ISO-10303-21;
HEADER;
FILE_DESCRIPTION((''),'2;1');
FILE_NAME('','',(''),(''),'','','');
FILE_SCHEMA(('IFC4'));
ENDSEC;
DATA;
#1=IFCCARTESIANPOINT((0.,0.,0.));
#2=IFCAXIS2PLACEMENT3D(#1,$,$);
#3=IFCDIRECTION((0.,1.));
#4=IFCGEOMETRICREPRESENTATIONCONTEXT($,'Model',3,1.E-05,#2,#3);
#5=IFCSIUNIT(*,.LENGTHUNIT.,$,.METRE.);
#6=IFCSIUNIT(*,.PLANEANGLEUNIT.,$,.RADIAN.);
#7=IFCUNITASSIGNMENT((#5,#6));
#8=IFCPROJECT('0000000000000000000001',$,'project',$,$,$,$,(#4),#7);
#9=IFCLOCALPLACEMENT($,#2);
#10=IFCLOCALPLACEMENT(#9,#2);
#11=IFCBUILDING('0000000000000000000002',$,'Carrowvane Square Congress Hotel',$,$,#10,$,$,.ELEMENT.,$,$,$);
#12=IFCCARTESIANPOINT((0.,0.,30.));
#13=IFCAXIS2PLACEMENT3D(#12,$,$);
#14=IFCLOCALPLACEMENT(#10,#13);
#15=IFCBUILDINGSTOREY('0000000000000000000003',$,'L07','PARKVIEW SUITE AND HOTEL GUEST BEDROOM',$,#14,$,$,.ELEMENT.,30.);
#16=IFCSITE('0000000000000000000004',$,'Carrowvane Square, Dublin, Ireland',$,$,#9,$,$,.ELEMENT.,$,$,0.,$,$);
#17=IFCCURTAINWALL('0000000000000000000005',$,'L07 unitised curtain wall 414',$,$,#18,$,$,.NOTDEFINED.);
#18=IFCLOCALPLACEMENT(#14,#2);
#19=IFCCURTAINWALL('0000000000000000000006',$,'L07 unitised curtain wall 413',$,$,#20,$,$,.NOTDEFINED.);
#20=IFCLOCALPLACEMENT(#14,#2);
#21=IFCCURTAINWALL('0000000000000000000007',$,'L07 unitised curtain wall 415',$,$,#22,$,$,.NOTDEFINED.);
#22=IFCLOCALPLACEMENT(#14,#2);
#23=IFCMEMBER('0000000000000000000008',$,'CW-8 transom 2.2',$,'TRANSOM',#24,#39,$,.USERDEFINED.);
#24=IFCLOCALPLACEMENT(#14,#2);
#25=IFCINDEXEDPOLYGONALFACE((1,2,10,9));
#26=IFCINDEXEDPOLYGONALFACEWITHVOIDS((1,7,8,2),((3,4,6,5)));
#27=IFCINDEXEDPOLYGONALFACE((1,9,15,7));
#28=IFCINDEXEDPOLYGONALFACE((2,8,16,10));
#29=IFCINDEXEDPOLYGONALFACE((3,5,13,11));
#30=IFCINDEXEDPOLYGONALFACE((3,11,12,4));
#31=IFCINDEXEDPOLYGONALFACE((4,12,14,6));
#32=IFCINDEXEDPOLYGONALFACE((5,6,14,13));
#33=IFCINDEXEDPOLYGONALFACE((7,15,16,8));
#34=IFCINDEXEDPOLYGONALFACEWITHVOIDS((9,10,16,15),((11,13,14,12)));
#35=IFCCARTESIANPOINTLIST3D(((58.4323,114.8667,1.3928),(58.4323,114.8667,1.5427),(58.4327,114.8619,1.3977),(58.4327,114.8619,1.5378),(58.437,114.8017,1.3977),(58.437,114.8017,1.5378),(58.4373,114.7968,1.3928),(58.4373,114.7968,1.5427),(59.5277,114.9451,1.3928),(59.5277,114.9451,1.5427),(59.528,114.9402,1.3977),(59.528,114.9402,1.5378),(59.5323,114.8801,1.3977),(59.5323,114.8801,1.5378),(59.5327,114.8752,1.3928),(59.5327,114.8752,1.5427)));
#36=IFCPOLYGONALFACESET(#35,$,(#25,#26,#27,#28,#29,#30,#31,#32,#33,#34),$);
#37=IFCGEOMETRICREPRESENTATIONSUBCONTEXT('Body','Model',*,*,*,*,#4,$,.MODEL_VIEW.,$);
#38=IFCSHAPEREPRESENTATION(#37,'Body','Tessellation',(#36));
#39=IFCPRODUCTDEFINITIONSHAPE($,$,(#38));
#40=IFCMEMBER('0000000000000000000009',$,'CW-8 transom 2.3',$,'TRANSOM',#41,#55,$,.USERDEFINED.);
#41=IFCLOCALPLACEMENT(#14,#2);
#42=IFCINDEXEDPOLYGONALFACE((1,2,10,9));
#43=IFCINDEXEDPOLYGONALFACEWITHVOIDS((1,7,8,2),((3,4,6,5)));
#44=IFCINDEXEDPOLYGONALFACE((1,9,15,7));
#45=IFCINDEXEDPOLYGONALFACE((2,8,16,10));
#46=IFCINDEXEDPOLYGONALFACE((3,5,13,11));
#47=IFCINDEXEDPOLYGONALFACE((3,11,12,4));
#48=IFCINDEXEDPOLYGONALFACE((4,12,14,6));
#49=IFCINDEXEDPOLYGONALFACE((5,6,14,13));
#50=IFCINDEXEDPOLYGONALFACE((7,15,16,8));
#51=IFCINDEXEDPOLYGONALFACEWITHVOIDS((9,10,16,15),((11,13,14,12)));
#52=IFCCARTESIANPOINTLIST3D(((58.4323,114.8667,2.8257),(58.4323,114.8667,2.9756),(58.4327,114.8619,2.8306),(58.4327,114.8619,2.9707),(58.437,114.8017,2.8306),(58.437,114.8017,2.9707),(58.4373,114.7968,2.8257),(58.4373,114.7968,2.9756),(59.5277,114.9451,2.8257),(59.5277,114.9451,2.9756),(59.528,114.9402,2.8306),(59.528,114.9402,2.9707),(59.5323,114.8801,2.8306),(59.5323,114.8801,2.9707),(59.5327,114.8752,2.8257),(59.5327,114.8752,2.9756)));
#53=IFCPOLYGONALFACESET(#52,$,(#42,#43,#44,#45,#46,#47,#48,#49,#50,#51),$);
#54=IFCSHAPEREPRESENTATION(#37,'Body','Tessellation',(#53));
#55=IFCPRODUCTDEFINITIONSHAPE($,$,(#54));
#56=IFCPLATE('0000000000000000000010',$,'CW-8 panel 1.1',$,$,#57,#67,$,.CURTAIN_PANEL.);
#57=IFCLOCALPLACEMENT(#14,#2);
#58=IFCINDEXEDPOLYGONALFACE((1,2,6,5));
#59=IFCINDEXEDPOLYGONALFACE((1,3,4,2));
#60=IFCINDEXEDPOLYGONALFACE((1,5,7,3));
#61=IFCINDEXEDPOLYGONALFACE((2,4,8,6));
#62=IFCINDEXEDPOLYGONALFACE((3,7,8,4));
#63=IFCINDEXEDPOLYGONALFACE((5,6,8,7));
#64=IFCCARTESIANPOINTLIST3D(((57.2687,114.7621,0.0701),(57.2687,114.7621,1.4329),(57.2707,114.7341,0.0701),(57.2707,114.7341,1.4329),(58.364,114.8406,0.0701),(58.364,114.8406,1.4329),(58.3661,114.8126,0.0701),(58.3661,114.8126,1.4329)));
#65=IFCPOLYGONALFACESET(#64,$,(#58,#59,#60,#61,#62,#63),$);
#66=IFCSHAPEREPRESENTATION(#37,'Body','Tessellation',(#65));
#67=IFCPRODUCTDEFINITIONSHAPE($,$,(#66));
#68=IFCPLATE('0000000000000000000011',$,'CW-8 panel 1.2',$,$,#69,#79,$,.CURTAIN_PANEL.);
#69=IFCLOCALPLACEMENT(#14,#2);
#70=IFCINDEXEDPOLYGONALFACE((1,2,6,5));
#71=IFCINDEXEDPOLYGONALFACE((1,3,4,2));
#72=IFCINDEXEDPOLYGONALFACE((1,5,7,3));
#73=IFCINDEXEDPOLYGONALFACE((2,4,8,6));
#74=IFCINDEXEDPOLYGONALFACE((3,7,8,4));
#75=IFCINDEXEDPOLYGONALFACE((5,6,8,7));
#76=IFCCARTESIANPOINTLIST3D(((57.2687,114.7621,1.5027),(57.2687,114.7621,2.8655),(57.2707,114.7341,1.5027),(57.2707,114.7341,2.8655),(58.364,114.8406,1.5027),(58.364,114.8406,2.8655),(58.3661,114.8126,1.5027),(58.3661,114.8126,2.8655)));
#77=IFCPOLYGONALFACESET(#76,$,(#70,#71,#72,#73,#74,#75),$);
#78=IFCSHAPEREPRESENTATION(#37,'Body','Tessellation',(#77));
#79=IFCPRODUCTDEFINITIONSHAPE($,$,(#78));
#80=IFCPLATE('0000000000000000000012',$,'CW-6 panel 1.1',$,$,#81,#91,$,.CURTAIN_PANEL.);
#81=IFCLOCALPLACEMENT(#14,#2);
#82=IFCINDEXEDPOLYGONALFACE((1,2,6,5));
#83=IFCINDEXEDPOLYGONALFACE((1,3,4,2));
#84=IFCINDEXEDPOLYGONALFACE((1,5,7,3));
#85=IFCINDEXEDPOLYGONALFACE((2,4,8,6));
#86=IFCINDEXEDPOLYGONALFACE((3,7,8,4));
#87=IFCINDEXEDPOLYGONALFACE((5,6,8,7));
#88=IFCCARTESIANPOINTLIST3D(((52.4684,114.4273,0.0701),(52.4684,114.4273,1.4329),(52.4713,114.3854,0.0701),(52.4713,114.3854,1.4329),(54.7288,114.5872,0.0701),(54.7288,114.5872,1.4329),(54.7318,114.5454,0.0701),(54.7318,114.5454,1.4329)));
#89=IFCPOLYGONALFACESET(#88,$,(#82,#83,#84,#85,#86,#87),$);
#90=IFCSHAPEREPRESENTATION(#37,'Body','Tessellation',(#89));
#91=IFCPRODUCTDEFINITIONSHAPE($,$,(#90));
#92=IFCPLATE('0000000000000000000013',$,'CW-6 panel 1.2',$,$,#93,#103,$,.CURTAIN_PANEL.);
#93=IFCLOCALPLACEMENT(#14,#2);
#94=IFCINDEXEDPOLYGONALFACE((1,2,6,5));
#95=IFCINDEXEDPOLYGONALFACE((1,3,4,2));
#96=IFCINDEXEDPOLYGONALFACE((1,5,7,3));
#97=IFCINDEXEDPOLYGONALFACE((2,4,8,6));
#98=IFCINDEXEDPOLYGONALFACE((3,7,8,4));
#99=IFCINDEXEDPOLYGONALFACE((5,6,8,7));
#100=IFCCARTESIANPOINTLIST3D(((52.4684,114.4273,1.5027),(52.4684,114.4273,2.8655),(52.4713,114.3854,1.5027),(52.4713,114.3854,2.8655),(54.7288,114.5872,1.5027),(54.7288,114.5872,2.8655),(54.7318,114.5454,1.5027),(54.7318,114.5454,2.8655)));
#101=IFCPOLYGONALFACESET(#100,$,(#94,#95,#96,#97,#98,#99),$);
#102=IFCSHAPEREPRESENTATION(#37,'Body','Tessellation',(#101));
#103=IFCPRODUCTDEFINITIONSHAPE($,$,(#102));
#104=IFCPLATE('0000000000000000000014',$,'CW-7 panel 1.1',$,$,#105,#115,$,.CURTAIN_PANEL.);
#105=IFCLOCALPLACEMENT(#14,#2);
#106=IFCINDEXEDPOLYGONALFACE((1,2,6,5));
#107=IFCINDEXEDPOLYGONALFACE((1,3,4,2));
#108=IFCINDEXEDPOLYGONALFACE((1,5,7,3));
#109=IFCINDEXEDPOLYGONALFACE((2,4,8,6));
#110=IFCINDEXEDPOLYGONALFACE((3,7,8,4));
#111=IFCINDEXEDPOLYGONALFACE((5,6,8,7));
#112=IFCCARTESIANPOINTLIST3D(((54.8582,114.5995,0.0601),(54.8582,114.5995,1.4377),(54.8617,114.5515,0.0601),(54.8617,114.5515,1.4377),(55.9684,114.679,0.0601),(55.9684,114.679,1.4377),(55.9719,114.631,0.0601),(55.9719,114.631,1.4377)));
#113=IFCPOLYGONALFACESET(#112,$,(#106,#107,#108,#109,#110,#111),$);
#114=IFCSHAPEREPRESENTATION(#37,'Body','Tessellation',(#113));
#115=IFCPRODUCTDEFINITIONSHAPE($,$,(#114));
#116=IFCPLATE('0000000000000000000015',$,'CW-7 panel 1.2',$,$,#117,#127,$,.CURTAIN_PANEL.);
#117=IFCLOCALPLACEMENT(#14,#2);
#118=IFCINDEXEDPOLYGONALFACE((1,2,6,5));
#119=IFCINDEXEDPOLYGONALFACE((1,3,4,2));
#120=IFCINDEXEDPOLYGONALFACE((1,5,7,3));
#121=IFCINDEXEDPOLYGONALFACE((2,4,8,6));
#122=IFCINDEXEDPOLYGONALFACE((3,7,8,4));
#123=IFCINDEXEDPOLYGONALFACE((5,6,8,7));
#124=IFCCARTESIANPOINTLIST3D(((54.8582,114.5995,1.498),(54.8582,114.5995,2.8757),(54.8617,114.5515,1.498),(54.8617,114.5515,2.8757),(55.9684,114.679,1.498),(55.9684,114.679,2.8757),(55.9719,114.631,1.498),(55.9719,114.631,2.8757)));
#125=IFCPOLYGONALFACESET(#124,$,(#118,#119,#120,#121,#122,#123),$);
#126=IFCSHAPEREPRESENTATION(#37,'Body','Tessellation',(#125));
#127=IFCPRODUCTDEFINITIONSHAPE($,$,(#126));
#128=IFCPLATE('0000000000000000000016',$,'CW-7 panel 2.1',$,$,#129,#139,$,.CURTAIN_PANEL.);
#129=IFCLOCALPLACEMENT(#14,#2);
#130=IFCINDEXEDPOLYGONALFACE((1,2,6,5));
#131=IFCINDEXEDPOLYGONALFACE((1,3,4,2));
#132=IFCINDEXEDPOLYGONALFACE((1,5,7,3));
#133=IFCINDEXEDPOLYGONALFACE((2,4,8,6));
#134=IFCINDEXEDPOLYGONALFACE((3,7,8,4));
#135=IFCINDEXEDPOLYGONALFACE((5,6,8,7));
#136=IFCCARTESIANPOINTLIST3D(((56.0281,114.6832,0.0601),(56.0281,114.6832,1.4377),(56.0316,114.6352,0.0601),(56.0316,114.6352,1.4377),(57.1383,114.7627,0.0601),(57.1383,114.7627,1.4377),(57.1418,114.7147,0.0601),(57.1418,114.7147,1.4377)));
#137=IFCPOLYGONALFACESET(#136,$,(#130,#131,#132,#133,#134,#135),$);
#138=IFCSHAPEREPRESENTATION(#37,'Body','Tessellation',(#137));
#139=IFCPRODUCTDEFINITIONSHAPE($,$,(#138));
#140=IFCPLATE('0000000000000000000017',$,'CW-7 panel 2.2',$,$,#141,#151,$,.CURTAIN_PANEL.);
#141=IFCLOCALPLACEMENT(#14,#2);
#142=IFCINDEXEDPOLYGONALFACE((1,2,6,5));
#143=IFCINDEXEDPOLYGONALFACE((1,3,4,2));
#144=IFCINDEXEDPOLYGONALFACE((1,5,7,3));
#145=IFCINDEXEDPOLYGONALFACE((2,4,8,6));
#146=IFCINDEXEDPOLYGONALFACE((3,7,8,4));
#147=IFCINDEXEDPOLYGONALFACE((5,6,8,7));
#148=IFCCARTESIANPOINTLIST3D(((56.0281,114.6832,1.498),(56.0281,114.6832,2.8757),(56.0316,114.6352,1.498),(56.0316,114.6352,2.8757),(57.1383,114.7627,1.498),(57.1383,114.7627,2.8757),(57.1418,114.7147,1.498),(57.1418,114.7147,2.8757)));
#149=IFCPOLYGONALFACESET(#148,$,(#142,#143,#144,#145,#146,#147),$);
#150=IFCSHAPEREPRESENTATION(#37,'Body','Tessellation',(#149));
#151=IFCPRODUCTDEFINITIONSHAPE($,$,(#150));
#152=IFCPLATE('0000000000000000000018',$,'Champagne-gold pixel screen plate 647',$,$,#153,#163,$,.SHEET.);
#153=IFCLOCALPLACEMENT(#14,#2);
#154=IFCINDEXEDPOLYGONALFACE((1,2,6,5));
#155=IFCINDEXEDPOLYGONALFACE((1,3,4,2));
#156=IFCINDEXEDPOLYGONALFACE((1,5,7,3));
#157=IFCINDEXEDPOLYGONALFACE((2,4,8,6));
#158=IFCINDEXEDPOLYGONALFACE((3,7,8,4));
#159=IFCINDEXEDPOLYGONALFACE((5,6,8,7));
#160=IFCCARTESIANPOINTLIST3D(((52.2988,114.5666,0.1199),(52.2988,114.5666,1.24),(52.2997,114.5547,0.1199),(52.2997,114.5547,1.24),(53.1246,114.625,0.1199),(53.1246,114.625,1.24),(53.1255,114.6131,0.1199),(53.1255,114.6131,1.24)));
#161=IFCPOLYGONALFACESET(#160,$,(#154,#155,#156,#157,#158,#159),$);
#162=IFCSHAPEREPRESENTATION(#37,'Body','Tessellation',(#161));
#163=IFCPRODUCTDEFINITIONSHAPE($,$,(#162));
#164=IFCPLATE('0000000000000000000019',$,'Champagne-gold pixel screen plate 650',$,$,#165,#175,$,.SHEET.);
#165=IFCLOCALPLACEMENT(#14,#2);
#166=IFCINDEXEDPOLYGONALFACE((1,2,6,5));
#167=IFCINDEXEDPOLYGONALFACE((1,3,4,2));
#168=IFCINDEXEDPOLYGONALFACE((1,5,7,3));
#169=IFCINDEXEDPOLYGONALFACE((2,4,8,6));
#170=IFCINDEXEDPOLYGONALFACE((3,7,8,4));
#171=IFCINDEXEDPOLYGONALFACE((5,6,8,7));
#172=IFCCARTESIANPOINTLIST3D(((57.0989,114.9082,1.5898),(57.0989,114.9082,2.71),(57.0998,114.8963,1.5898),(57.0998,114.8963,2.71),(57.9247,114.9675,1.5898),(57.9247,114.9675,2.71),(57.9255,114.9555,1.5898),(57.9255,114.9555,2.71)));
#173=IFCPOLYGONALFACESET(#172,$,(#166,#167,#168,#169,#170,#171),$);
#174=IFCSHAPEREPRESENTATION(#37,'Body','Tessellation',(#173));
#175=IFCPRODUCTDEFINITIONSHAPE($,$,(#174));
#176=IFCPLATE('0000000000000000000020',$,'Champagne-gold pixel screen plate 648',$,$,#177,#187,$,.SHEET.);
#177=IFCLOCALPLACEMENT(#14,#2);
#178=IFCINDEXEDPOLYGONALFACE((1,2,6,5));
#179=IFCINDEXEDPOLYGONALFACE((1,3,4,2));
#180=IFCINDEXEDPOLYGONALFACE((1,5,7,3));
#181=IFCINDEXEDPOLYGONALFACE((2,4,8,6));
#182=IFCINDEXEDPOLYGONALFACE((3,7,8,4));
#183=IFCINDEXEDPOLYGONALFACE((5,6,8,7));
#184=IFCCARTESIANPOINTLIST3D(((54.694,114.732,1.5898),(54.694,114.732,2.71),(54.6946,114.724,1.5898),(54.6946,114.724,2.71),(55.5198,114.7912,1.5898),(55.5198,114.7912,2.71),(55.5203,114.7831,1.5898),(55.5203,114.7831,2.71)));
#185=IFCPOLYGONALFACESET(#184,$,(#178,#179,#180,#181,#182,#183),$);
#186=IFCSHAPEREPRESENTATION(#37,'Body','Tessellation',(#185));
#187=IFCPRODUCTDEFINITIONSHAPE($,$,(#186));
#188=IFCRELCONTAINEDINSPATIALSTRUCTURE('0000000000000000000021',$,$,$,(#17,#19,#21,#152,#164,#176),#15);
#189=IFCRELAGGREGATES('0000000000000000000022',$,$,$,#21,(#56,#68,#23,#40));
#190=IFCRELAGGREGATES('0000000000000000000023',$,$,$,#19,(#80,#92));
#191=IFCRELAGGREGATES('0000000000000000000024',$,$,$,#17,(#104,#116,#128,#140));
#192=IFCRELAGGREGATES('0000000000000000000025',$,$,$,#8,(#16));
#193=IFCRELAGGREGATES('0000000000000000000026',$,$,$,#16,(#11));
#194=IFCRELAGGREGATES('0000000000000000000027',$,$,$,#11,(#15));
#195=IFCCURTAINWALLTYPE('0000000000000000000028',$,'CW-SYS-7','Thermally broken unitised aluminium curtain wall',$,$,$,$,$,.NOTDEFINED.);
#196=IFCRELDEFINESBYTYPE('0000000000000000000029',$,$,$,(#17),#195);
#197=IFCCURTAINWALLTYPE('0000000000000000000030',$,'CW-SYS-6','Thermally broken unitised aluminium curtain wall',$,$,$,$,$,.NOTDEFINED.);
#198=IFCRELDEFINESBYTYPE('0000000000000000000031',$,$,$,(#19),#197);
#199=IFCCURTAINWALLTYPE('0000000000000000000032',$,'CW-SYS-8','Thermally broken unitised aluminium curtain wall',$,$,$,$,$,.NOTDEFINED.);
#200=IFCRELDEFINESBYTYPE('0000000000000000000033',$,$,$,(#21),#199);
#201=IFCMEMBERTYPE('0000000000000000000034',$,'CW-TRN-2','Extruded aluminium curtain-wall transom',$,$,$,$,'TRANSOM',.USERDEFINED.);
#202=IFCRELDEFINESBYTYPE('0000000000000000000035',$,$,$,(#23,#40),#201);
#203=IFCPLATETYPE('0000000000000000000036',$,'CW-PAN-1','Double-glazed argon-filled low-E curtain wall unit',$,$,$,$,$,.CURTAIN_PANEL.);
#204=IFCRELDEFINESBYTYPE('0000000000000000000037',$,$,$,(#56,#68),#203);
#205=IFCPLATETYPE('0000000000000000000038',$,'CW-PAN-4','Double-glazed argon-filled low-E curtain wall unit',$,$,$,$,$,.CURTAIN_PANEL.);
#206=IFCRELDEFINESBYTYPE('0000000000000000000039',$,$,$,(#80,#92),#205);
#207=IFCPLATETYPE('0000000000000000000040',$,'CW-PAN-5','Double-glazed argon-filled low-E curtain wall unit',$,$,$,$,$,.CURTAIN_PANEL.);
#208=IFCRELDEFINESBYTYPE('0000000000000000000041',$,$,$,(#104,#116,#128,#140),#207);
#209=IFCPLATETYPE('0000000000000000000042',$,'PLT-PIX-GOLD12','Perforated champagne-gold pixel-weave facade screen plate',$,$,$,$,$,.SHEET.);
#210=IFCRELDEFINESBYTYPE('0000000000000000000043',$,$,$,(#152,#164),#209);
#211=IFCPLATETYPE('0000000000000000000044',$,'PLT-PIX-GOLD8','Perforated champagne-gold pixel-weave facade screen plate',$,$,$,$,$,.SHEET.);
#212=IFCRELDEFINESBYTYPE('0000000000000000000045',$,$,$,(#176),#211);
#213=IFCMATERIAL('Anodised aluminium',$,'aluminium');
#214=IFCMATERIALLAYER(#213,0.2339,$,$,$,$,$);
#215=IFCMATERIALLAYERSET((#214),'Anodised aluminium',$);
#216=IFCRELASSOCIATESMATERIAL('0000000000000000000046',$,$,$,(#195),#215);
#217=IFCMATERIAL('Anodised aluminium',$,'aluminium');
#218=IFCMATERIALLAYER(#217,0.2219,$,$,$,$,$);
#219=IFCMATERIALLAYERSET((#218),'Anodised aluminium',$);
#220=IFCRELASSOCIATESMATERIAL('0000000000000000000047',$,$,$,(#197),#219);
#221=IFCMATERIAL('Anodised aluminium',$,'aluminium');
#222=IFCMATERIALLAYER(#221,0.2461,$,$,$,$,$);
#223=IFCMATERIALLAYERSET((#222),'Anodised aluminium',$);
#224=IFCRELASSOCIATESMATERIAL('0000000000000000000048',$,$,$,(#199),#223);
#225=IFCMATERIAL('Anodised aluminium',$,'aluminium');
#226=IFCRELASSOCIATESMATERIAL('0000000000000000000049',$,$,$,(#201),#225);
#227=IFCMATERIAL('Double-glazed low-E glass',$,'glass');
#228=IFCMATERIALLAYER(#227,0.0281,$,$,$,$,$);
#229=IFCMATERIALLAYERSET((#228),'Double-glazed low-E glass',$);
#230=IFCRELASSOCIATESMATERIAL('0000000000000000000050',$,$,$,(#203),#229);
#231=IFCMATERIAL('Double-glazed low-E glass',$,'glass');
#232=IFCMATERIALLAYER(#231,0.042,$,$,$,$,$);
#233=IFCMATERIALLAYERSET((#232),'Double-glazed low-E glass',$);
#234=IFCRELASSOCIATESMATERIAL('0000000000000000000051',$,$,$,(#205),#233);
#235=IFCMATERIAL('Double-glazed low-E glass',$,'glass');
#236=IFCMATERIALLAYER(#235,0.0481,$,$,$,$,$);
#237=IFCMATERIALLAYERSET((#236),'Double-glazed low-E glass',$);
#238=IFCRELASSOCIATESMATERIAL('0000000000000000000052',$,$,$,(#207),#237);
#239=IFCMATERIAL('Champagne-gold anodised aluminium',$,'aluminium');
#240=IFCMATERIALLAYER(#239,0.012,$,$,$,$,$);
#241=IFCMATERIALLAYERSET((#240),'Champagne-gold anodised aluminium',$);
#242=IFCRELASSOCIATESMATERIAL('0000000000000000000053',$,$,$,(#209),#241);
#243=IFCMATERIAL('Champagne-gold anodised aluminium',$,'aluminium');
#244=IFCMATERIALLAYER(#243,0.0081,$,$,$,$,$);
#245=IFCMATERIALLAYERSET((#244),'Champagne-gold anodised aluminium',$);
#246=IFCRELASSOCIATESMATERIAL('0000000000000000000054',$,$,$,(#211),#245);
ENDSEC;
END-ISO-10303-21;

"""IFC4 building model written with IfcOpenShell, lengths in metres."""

from ifc_helpers import new_model, si_unit, direction, frame, origin, origin_2d, place, context, subcontext, project, spatial, rectangle, hollow_rectangle, extrude, material, layer, layer_set, material_profile, profile_set, type_object, element, aggregate, save


model = new_model("IFC4")

# Units and contexts
model_context = context("Model", 3, precision=1e-05, world=origin(), true_north=direction((0.0, 1.0)))
body_context = subcontext(model_context, "Body", "Model", "MODEL_VIEW")
ifc_project = project(units=[si_unit("LENGTHUNIT", "METRE"), si_unit("PLANEANGLEUNIT", "RADIAN")], contexts=[model_context])

# Site, building, storey
site_placement = place(None, origin())
site = spatial("IfcSite", under=ifc_project, at=site_placement, Name="Carrowvane Square, Dublin, Ireland", CompositionType="ELEMENT", RefElevation=0.0)
building_placement = place(site_placement, origin())
building = spatial("IfcBuilding", under=site, at=building_placement, Name="Carrowvane Square Congress Hotel", CompositionType="ELEMENT")
storey_placement = place(building_placement, frame((0.0, 0.0, 30.0)))
storey = spatial("IfcBuildingStorey", under=building, at=storey_placement, Name="L07", Description="PARKVIEW SUITE AND HOTEL GUEST BEDROOM", CompositionType="ELEMENT", Elevation=30.0)

# Curtain walls
ifc_material_1 = material(Name="Anodised aluminium", Category="aluminium")
ifc_layer_1 = layer(ifc_material_1, 0.2339)
ifc_layer_set_1 = layer_set([ifc_layer_1], Name="Anodised aluminium")
curtain_wall_type_1 = type_object("IfcCurtainWallType", Name="CW-SYS-7", Description="Thermally broken unitised aluminium curtain wall", PredefinedType="NOTDEFINED", material=ifc_layer_set_1)
curtain_wall_1_placement = place(storey_placement, origin())
curtain_wall_1 = element("IfcCurtainWall", 1, at=curtain_wall_1_placement, inside=storey, type_object=curtain_wall_type_1, Name="L07 unitised curtain wall 414", PredefinedType="NOTDEFINED")
ifc_material_2 = material(Name="Anodised aluminium", Category="aluminium")
ifc_layer_2 = layer(ifc_material_2, 0.2219)
ifc_layer_set_2 = layer_set([ifc_layer_2], Name="Anodised aluminium")
curtain_wall_type_2 = type_object("IfcCurtainWallType", Name="CW-SYS-6", Description="Thermally broken unitised aluminium curtain wall", PredefinedType="NOTDEFINED", material=ifc_layer_set_2)
curtain_wall_2_placement = place(storey_placement, origin())
curtain_wall_2 = element("IfcCurtainWall", 2, at=curtain_wall_2_placement, inside=storey, type_object=curtain_wall_type_2, Name="L07 unitised curtain wall 413", PredefinedType="NOTDEFINED")
ifc_material_3 = material(Name="Anodised aluminium", Category="aluminium")
ifc_layer_3 = layer(ifc_material_3, 0.2461)
ifc_layer_set_3 = layer_set([ifc_layer_3], Name="Anodised aluminium")
curtain_wall_type_3 = type_object("IfcCurtainWallType", Name="CW-SYS-8", Description="Thermally broken unitised aluminium curtain wall", PredefinedType="NOTDEFINED", material=ifc_layer_set_3)
curtain_wall_3_placement = place(storey_placement, origin())
curtain_wall_3 = element("IfcCurtainWall", 3, at=curtain_wall_3_placement, inside=storey, type_object=curtain_wall_type_3, Name="L07 unitised curtain wall 415", PredefinedType="NOTDEFINED")

# Members
ifc_material_4 = material(Name="Anodised aluminium", Category="aluminium")
ifc_material_profile_1 = material_profile(ifc_material_4, hollow_rectangle(XDim=0.0701, YDim=0.1499, WallThickness=0.0049, at=origin_2d()), Name="CW-TR 70x150x5")
ifc_profile_set_1 = profile_set([ifc_material_profile_1], Name="Anodised aluminium")
member_type_1 = type_object("IfcMemberType", Name="CW-TRN-2", Description="Extruded aluminium curtain-wall transom", ElementType="TRANSOM", PredefinedType="USERDEFINED", material=ifc_profile_set_1)
member_1_placement = place(storey_placement, frame((58.4348, 114.8318, 1.4678), z_axis=(0.997451, 0.071358, 0.0), x_axis=(-0.071358, 0.997451, 0.0)))
member_1 = element("IfcMember", 4, at=member_1_placement, type_object=member_type_1, Name="CW-8 transom 2.2", ObjectType="TRANSOM", PredefinedType="USERDEFINED", context=body_context, shape_type="SweptSolid", body=[
    extrude(hollow_rectangle(XDim=0.0701, YDim=0.1499, WallThickness=0.0049, at=origin_2d()), origin(), (0.0, 0.0, 1.0), 1.0981),
])
member_2_placement = place(storey_placement, frame((58.4348, 114.8318, 2.9006), z_axis=(0.997451, 0.071358, 0.0), x_axis=(-0.071358, 0.997451, 0.0)))
member_2 = element("IfcMember", 5, at=member_2_placement, type_object=member_type_1, Name="CW-8 transom 2.3", ObjectType="TRANSOM", PredefinedType="USERDEFINED", context=body_context, shape_type="SweptSolid", body=[
    extrude(hollow_rectangle(XDim=0.0701, YDim=0.1499, WallThickness=0.0049, at=origin_2d()), origin(), (0.0, 0.0, 1.0), 1.0981),
])

# Plates
ifc_material_5 = material(Name="Double-glazed low-E glass", Category="glass")
ifc_layer_4 = layer(ifc_material_5, 0.0281)
ifc_layer_set_4 = layer_set([ifc_layer_4], Name="Double-glazed low-E glass")
plate_type_1 = type_object("IfcPlateType", Name="CW-PAN-1", Description="Double-glazed argon-filled low-E curtain wall unit", PredefinedType="CURTAIN_PANEL", material=ifc_layer_set_4)
plate_1_placement = place(storey_placement, frame((57.8174, 114.7874, 0.0701), z_axis=(0.0, 0.0, 1.0), x_axis=(0.997438, 0.071532, 0.0)))
plate_1 = element("IfcPlate", 6, at=plate_1_placement, type_object=plate_type_1, Name="CW-8 panel 1.1", PredefinedType="CURTAIN_PANEL", context=body_context, shape_type="SweptSolid", body=[
    extrude(rectangle(XDim=1.0981, YDim=0.0281, at=origin_2d()), origin(), (0.0, 0.0, 1.0), 1.3628),
])
plate_2_placement = place(storey_placement, frame((57.8174, 114.7874, 1.5027), z_axis=(0.0, 0.0, 1.0), x_axis=(0.997438, 0.071532, 0.0)))
plate_2 = element("IfcPlate", 7, at=plate_2_placement, type_object=plate_type_1, Name="CW-8 panel 1.2", PredefinedType="CURTAIN_PANEL", context=body_context, shape_type="SweptSolid", body=[
    extrude(rectangle(XDim=1.0981, YDim=0.0281, at=origin_2d()), origin(), (0.0, 0.0, 1.0), 1.3628),
])
aggregate(curtain_wall_3, [plate_1, plate_2, member_1, member_2])
ifc_material_6 = material(Name="Double-glazed low-E glass", Category="glass")
ifc_layer_5 = layer(ifc_material_6, 0.042)
ifc_layer_set_5 = layer_set([ifc_layer_5], Name="Double-glazed low-E glass")
plate_type_2 = type_object("IfcPlateType", Name="CW-PAN-4", Description="Double-glazed argon-filled low-E curtain wall unit", PredefinedType="CURTAIN_PANEL", material=ifc_layer_set_5)
plate_3_placement = place(storey_placement, frame((53.6001, 114.4863, 0.0701), z_axis=(0.0, 0.0, 1.0), x_axis=(0.997506, 0.070586, 0.0)))
plate_3 = element("IfcPlate", 8, at=plate_3_placement, type_object=plate_type_2, Name="CW-6 panel 1.1", PredefinedType="CURTAIN_PANEL", context=body_context, shape_type="SweptSolid", body=[
    extrude(rectangle(XDim=2.2661, YDim=0.042, at=origin_2d()), origin(), (0.0, 0.0, 1.0), 1.3628),
])
plate_4_placement = place(storey_placement, frame((53.6001, 114.4863, 1.5027), z_axis=(0.0, 0.0, 1.0), x_axis=(0.997506, 0.070586, 0.0)))
plate_4 = element("IfcPlate", 9, at=plate_4_placement, type_object=plate_type_2, Name="CW-6 panel 1.2", PredefinedType="CURTAIN_PANEL", context=body_context, shape_type="SweptSolid", body=[
    extrude(rectangle(XDim=2.2661, YDim=0.042, at=origin_2d()), origin(), (0.0, 0.0, 1.0), 1.3628),
])
aggregate(curtain_wall_2, [plate_3, plate_4])
ifc_material_7 = material(Name="Double-glazed low-E glass", Category="glass")
ifc_layer_6 = layer(ifc_material_7, 0.0481)
ifc_layer_set_6 = layer_set([ifc_layer_6], Name="Double-glazed low-E glass")
plate_type_3 = type_object("IfcPlateType", Name="CW-PAN-5", Description="Double-glazed argon-filled low-E curtain wall unit", PredefinedType="CURTAIN_PANEL", material=ifc_layer_set_6)
plate_5_placement = place(storey_placement, frame((55.415, 114.6152, 0.0601), z_axis=(0.0, 0.0, 1.0), x_axis=(0.997446, 0.071418, 0.0)))
plate_5 = element("IfcPlate", 10, at=plate_5_placement, type_object=plate_type_3, Name="CW-7 panel 1.1", PredefinedType="CURTAIN_PANEL", context=body_context, shape_type="SweptSolid", body=[
    extrude(rectangle(XDim=1.113, YDim=0.0481, at=origin_2d()), origin(), (0.0, 0.0, 1.0), 1.3777),
])
plate_6_placement = place(storey_placement, frame((55.415, 114.6152, 1.498), z_axis=(0.0, 0.0, 1.0), x_axis=(0.997446, 0.071418, 0.0)))
plate_6 = element("IfcPlate", 11, at=plate_6_placement, type_object=plate_type_3, Name="CW-7 panel 1.2", PredefinedType="CURTAIN_PANEL", context=body_context, shape_type="SweptSolid", body=[
    extrude(rectangle(XDim=1.113, YDim=0.0481, at=origin_2d()), origin(), (0.0, 0.0, 1.0), 1.3777),
])
plate_7_placement = place(storey_placement, frame((56.585, 114.699, 0.0601), z_axis=(0.0, 0.0, 1.0), x_axis=(0.997446, 0.071418, 0.0)))
plate_7 = element("IfcPlate", 12, at=plate_7_placement, type_object=plate_type_3, Name="CW-7 panel 2.1", PredefinedType="CURTAIN_PANEL", context=body_context, shape_type="SweptSolid", body=[
    extrude(rectangle(XDim=1.113, YDim=0.0481, at=origin_2d()), origin(), (0.0, 0.0, 1.0), 1.3777),
])
plate_8_placement = place(storey_placement, frame((56.585, 114.699, 1.498), z_axis=(0.0, 0.0, 1.0), x_axis=(0.997446, 0.071418, 0.0)))
plate_8 = element("IfcPlate", 13, at=plate_8_placement, type_object=plate_type_3, Name="CW-7 panel 2.2", PredefinedType="CURTAIN_PANEL", context=body_context, shape_type="SweptSolid", body=[
    extrude(rectangle(XDim=1.113, YDim=0.0481, at=origin_2d()), origin(), (0.0, 0.0, 1.0), 1.3777),
])
aggregate(curtain_wall_1, [plate_5, plate_6, plate_7, plate_8])

# Plates
ifc_material_8 = material(Name="Champagne-gold anodised aluminium", Category="aluminium")
ifc_layer_7 = layer(ifc_material_8, 0.012)
ifc_layer_set_7 = layer_set([ifc_layer_7], Name="Champagne-gold anodised aluminium")
plate_type_4 = type_object("IfcPlateType", Name="PLT-PIX-GOLD12", Description="Perforated champagne-gold pixel-weave facade screen plate", PredefinedType="SHEET", material=ifc_layer_set_7)
for number, where, z_axis, x_axis, name in (
    (14, (52.7122, 114.5898, 0.1199), (0.0, 0.0, 1.0), (0.997506, 0.070585, 0.0), "Champagne-gold pixel screen plate 647"),
    (15, (57.5122, 114.9319, 1.5898), (0.0, 0.0, 1.0), (0.997438, 0.071533, 0.0), "Champagne-gold pixel screen plate 650"),
):
    element("IfcPlate", number, at=place(storey_placement, frame(where, z_axis=z_axis, x_axis=x_axis)), inside=storey, type_object=plate_type_4, Name=name, PredefinedType="SHEET", context=body_context, shape_type="SweptSolid", body=[
        extrude(rectangle(XDim=0.8279, YDim=0.012, at=origin_2d()), origin(), (0.0, 0.0, 1.0), 1.1201),
    ])
ifc_material_9 = material(Name="Champagne-gold anodised aluminium", Category="aluminium")
ifc_layer_8 = layer(ifc_material_9, 0.0081)
ifc_layer_set_8 = layer_set([ifc_layer_8], Name="Champagne-gold anodised aluminium")
plate_type_5 = type_object("IfcPlateType", Name="PLT-PIX-GOLD8", Description="Perforated champagne-gold pixel-weave facade screen plate", PredefinedType="SHEET", material=ifc_layer_set_8)
for number, where, z_axis, x_axis, name in (
    (16, (55.1072, 114.7576, 1.5898), (0.0, 0.0, 1.0), (0.997446, 0.07142, 0.0), "Champagne-gold pixel screen plate 648"),
):
    element("IfcPlate", number, at=place(storey_placement, frame(where, z_axis=z_axis, x_axis=x_axis)), inside=storey, type_object=plate_type_5, Name=name, PredefinedType="SHEET", context=body_context, shape_type="SweptSolid", body=[
        extrude(rectangle(XDim=0.8279, YDim=0.0081, at=origin_2d()), origin(), (0.0, 0.0, 1.0), 1.1201),
    ])

save(model, "model.ifc")
